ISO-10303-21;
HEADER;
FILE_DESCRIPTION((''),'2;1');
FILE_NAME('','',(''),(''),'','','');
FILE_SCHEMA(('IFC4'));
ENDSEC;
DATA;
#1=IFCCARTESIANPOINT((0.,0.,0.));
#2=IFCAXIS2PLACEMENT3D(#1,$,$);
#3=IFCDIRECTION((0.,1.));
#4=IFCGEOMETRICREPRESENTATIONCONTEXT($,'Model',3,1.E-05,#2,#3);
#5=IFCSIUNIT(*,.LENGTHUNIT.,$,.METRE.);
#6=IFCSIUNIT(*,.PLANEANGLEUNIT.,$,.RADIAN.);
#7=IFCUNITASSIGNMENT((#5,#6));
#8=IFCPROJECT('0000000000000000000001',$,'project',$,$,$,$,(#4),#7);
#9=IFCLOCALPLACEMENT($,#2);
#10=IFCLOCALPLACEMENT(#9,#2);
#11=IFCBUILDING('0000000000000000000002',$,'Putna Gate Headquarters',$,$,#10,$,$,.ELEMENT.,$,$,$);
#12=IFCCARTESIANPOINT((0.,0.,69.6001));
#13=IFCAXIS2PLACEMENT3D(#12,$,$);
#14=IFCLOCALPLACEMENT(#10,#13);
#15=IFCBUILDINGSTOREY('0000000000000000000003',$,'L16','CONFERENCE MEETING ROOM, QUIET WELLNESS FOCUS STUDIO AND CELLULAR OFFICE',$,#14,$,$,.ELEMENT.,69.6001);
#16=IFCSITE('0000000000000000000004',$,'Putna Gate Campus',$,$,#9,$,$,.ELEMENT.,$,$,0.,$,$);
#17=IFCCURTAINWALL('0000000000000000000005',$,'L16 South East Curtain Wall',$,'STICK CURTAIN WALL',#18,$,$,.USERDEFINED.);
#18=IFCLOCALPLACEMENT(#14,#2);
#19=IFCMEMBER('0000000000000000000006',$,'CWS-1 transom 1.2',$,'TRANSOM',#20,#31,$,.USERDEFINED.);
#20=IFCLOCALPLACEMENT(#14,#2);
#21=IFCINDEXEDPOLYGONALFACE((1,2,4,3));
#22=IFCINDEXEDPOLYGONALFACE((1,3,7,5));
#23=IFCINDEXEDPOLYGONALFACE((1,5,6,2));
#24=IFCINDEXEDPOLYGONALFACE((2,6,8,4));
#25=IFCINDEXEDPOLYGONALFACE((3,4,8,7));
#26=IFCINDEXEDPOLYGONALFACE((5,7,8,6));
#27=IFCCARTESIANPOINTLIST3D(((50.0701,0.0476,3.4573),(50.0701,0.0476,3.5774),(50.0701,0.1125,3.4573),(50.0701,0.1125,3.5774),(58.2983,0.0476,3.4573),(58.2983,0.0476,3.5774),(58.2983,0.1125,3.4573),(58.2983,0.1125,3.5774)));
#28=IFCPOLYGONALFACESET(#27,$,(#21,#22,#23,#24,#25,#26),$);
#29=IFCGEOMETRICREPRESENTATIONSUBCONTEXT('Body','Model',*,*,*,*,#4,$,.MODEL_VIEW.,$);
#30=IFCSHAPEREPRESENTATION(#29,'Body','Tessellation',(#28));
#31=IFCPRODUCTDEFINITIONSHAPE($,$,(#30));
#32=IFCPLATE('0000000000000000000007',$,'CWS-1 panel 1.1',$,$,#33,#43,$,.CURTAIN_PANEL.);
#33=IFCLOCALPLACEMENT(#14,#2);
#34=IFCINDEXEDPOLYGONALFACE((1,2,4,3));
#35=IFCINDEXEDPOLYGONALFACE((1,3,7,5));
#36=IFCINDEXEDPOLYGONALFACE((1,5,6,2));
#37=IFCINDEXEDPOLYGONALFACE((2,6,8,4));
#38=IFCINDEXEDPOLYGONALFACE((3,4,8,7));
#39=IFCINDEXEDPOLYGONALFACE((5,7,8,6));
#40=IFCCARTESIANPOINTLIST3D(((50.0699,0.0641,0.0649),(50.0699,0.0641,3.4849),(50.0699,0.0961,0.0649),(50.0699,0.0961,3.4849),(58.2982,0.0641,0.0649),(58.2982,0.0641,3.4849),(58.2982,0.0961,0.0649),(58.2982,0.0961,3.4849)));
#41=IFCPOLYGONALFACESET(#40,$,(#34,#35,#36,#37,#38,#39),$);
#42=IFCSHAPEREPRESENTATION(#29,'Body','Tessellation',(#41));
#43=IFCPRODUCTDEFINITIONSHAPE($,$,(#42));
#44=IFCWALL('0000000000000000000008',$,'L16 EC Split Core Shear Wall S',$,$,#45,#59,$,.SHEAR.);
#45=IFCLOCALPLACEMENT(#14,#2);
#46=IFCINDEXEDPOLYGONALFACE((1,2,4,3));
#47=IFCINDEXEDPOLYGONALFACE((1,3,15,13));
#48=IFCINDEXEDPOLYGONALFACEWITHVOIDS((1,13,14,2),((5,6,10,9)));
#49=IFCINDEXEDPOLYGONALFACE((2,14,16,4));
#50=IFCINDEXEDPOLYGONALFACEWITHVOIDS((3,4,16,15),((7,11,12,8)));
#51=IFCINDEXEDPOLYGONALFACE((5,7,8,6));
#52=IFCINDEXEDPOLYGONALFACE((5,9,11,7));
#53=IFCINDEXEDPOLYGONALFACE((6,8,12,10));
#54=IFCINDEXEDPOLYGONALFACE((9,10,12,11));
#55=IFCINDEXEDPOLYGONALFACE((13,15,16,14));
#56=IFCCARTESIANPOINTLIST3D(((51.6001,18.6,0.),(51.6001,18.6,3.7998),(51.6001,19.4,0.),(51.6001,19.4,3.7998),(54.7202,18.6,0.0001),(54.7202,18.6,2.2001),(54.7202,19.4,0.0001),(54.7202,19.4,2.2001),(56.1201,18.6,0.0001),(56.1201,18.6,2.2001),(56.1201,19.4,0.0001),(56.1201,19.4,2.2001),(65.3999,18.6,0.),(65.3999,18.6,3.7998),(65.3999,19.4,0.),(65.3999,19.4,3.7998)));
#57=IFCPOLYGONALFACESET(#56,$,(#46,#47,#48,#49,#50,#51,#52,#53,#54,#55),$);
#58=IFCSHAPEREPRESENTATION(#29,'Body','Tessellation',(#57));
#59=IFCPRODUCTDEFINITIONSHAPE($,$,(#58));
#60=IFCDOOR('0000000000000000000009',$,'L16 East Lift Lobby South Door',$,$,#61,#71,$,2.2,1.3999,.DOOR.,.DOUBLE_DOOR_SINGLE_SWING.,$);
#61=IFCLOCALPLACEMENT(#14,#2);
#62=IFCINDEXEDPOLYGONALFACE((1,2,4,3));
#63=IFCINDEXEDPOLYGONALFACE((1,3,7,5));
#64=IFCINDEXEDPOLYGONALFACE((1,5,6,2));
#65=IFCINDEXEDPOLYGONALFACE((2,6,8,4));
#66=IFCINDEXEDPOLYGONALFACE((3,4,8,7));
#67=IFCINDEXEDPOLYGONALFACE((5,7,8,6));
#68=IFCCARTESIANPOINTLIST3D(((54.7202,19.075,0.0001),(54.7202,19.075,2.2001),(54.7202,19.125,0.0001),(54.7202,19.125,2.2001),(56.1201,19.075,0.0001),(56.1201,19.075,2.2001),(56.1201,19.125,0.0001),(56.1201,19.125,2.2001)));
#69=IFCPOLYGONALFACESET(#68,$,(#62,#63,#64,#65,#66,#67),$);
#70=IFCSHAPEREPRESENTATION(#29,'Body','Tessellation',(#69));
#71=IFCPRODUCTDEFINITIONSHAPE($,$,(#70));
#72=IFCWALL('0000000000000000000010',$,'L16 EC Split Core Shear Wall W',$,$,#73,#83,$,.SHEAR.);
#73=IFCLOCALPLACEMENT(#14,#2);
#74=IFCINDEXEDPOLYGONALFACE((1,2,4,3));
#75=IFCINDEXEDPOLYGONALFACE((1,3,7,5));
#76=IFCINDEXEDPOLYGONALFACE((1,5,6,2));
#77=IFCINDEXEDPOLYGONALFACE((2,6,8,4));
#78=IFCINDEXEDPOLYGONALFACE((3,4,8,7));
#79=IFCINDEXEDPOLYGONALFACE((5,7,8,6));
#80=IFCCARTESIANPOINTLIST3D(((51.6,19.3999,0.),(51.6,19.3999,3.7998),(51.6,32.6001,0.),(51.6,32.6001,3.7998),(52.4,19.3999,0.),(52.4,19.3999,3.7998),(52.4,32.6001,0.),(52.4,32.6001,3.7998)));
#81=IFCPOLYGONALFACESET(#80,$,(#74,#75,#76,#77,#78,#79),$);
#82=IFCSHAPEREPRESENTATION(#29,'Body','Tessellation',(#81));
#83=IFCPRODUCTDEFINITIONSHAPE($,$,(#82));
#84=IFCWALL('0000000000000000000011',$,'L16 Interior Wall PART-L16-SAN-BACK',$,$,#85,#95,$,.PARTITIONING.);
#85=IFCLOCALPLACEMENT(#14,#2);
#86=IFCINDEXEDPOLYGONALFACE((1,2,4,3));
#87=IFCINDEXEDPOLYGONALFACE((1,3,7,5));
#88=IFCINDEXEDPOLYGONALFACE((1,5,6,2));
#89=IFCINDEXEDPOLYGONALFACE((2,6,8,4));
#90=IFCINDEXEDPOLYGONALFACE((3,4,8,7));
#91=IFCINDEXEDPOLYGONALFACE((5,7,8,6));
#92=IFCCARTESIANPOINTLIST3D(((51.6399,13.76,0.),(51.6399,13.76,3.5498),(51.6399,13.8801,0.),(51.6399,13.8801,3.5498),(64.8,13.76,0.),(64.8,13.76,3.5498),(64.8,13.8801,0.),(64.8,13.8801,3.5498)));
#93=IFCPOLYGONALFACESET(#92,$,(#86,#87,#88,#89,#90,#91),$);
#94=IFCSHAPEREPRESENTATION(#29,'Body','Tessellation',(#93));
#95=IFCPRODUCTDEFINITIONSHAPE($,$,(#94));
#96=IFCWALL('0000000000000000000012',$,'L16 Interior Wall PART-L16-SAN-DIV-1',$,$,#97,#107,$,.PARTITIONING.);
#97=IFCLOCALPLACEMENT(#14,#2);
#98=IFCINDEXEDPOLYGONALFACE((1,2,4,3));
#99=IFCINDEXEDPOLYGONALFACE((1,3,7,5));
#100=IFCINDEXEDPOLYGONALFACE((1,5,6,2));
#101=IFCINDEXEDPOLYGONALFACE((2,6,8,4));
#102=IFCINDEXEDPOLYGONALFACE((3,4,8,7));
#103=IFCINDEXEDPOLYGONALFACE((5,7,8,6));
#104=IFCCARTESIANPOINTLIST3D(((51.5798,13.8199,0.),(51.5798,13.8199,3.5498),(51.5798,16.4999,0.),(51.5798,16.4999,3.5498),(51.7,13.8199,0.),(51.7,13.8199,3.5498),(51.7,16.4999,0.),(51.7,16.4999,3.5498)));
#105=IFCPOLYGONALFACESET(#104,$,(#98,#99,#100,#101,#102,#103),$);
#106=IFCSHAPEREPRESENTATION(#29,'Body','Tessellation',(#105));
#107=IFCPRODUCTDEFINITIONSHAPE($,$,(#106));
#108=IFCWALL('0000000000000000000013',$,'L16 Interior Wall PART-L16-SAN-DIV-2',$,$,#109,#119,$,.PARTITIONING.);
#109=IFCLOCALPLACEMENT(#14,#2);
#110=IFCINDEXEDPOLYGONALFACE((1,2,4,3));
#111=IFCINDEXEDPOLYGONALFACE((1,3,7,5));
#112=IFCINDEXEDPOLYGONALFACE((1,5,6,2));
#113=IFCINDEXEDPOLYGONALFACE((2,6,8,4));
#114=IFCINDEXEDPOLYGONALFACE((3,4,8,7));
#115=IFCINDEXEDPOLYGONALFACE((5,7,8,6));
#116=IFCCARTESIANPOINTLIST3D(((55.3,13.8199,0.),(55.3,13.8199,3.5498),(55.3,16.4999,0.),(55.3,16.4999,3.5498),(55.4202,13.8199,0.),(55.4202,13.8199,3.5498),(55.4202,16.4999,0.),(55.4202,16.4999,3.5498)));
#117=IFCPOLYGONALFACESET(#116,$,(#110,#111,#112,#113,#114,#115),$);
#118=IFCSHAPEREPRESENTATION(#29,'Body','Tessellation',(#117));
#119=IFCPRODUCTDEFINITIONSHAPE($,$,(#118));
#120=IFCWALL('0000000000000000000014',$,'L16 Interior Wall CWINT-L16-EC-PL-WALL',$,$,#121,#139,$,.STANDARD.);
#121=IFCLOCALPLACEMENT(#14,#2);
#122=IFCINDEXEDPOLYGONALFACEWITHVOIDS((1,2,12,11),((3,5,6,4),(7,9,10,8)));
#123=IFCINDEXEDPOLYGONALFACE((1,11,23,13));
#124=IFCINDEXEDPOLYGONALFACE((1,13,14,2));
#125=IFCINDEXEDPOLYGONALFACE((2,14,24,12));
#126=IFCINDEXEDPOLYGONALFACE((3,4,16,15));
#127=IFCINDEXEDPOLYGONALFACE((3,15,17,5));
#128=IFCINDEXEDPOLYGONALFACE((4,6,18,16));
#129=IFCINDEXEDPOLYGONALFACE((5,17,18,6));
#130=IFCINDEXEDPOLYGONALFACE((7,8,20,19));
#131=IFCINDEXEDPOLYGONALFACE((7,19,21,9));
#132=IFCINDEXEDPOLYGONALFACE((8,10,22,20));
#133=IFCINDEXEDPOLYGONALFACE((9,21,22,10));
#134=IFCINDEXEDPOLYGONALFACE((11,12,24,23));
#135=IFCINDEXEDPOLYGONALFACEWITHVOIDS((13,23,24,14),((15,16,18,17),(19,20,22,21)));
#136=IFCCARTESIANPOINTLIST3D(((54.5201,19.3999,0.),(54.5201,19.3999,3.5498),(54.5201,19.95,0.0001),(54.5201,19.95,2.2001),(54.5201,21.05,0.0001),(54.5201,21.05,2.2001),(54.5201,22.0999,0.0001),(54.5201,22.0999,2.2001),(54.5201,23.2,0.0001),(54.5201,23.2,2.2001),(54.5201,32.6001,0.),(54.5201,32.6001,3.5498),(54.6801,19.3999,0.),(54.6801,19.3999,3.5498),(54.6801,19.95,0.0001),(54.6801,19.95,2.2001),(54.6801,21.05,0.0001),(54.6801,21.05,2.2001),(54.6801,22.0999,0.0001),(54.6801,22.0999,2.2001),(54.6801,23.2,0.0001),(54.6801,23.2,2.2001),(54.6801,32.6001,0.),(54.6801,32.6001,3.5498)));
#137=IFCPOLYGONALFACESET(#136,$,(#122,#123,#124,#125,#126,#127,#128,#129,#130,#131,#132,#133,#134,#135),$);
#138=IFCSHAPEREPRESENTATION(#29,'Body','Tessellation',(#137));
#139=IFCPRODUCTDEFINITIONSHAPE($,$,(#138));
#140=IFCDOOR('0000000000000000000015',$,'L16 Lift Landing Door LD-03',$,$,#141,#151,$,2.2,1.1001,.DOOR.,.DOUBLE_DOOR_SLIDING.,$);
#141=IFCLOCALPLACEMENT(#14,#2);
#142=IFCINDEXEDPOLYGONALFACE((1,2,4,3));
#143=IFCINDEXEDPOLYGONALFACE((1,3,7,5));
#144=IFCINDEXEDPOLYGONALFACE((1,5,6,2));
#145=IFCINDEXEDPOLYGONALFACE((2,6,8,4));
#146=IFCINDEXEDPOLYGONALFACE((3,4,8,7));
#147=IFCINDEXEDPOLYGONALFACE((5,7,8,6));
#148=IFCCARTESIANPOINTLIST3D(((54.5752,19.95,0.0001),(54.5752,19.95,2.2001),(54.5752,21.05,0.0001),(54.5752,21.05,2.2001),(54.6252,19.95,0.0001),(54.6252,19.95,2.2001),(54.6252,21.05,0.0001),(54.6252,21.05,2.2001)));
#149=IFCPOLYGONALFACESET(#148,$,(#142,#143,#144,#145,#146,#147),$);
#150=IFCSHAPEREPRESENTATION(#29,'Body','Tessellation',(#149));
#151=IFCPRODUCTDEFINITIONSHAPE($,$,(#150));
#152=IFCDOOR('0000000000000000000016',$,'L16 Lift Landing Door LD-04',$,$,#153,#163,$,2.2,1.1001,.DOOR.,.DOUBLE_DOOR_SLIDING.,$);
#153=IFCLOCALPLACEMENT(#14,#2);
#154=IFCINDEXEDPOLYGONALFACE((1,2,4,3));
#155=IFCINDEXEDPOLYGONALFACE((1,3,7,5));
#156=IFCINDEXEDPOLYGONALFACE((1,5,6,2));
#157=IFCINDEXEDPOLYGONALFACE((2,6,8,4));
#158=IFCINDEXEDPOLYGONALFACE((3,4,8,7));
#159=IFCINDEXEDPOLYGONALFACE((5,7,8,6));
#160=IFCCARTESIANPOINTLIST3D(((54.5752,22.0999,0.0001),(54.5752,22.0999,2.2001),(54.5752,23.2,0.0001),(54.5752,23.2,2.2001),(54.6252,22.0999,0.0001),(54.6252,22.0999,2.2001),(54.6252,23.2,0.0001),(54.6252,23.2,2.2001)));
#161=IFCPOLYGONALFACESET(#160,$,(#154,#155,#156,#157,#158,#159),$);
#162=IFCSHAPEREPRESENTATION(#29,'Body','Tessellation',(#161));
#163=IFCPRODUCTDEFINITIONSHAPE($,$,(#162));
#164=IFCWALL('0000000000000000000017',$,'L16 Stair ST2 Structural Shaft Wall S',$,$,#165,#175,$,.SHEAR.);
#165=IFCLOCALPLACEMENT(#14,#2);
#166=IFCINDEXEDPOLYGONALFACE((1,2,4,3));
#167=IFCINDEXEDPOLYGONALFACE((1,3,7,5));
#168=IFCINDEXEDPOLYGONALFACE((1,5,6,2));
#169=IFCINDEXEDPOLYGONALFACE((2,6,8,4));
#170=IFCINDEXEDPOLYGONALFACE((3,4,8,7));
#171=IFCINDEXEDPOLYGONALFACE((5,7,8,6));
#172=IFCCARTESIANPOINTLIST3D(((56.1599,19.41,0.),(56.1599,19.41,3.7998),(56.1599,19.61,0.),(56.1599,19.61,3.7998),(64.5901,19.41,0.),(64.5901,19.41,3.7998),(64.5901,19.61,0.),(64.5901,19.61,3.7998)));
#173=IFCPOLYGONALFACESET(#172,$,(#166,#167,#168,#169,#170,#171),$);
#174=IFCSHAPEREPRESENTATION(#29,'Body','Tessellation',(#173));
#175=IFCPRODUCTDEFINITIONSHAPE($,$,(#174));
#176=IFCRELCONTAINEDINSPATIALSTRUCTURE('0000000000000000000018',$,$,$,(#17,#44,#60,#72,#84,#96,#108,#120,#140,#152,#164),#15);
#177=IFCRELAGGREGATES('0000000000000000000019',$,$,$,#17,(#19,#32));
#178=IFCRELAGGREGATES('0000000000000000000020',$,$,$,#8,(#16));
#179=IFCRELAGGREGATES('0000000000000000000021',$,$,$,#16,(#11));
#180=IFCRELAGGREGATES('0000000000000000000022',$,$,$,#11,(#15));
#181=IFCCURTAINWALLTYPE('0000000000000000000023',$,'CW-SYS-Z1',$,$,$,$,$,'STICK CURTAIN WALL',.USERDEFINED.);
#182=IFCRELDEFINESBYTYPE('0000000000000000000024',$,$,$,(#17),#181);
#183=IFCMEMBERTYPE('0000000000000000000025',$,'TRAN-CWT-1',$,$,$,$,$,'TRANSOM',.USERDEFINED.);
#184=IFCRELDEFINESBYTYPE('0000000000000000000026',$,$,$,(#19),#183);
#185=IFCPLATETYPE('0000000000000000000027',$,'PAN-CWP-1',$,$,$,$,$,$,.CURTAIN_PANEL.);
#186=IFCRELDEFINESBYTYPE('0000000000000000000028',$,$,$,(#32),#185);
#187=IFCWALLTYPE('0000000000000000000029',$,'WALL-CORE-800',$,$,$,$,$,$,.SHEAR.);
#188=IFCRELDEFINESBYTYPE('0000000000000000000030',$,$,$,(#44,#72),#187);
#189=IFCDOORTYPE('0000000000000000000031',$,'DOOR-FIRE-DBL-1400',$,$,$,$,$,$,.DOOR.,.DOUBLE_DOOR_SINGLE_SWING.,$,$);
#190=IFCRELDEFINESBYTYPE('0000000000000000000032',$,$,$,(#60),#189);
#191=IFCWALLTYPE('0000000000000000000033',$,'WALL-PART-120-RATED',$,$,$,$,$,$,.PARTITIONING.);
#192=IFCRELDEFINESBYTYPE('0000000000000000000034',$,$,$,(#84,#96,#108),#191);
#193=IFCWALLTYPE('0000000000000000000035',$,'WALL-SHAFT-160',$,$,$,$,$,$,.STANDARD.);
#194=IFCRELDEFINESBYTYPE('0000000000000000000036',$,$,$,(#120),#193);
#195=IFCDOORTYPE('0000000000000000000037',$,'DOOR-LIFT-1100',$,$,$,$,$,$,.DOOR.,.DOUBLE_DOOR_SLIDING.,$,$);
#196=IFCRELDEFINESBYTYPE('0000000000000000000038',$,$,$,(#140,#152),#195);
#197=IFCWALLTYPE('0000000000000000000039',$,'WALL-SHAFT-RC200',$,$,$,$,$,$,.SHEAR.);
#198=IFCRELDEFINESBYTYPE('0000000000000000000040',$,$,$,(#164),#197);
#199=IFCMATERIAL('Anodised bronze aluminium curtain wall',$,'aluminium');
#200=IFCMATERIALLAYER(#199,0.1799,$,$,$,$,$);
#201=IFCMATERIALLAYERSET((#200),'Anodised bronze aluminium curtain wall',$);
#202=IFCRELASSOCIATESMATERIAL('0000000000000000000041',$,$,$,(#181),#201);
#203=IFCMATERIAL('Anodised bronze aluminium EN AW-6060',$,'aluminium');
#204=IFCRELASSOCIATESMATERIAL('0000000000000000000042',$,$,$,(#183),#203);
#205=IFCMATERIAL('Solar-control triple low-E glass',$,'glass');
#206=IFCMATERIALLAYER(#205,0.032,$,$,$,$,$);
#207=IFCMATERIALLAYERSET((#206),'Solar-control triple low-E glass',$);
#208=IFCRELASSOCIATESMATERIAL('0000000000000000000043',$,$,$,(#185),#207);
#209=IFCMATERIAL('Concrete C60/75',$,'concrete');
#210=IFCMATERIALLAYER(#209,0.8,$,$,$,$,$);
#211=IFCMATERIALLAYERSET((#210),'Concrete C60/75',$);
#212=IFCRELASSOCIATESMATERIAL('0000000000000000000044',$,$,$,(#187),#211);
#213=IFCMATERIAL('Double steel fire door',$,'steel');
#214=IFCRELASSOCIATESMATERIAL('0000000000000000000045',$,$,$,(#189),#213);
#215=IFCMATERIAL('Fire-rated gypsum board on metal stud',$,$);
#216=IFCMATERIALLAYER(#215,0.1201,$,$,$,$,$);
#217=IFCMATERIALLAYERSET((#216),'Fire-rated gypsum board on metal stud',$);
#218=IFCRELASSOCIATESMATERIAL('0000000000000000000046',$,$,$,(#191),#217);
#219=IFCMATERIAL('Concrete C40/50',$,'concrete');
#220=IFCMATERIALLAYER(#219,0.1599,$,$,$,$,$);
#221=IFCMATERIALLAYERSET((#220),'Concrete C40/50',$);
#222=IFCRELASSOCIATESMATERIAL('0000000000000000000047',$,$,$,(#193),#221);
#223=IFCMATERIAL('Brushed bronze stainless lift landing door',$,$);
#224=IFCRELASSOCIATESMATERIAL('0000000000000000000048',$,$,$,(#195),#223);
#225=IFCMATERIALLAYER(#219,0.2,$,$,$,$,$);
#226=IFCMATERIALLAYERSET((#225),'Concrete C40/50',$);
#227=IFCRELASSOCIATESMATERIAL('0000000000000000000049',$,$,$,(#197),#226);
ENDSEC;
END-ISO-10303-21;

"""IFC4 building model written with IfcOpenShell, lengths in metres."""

from ifc_helpers import new_model, si_unit, direction, frame, frame_2d, origin, origin_2d, place, context, subcontext, project, spatial, rectangle, extrude, material, layer, layer_set, material_profile, profile_set, type_object, element, fill, aggregate, save


model = new_model("IFC4")

# Units and contexts
model_context = context("Model", 3, precision=1e-05, world=origin(), true_north=direction((0.0, 1.0)))
body_context = subcontext(model_context, "Body", "Model", "MODEL_VIEW")
ifc_project = project(units=[si_unit("LENGTHUNIT", "METRE"), si_unit("PLANEANGLEUNIT", "RADIAN")], contexts=[model_context])

# Site, building, storey
site_placement = place(None, origin())
site = spatial("IfcSite", under=ifc_project, at=site_placement, Name="Putna Gate Campus", CompositionType="ELEMENT", RefElevation=0.0)
building_placement = place(site_placement, origin())
building = spatial("IfcBuilding", under=site, at=building_placement, Name="Putna Gate Headquarters", CompositionType="ELEMENT")
storey_placement = place(building_placement, frame((0.0, 0.0, 69.6001)))
storey = spatial("IfcBuildingStorey", under=building, at=storey_placement, Name="L16", Description="CONFERENCE MEETING ROOM, QUIET WELLNESS FOCUS STUDIO AND CELLULAR OFFICE", CompositionType="ELEMENT", Elevation=69.6001)

# Shared definitions
ifc_material_1 = material(Name="Concrete C60/75", Category="concrete")

# Curtain wall
ifc_material_2 = material(Name="Anodised bronze aluminium curtain wall", Category="aluminium")
ifc_layer_1 = layer(ifc_material_2, 0.1799)
ifc_layer_set_1 = layer_set([ifc_layer_1], Name="Anodised bronze aluminium curtain wall")
curtain_wall_type_1 = type_object("IfcCurtainWallType", Name="CW-SYS-Z1", ElementType="STICK CURTAIN WALL", PredefinedType="USERDEFINED", material=ifc_layer_set_1)
curtain_wall_1_placement = place(storey_placement, origin())
curtain_wall_1 = element("IfcCurtainWall", 1, at=curtain_wall_1_placement, inside=storey, type_object=curtain_wall_type_1, Name="L16 South East Curtain Wall", ObjectType="STICK CURTAIN WALL", PredefinedType="USERDEFINED")
ifc_material_3 = material(Name="Anodised bronze aluminium EN AW-6060", Category="aluminium")

# Member
ifc_material_profile_1 = material_profile(ifc_material_3, rectangle(XDim=0.0649, YDim=0.1201, at=origin_2d()), Name="Anodised bronze aluminium EN AW-6060")
ifc_profile_set_1 = profile_set([ifc_material_profile_1], Name="Anodised bronze aluminium EN AW-6060")
member_type_1 = type_object("IfcMemberType", Name="TRAN-CWT-1", ElementType="TRANSOM", PredefinedType="USERDEFINED", material=ifc_profile_set_1)
member_1_placement = place(storey_placement, frame((50.0701, 0.0801, 3.5173), z_axis=(1.0, 0.0, 0.0), x_axis=(0.0, 1.0, 0.0)))
member_1 = element("IfcMember", 2, at=member_1_placement, type_object=member_type_1, Name="CWS-1 transom 1.2", ObjectType="TRANSOM", PredefinedType="USERDEFINED", context=body_context, shape_type="SweptSolid", body=[
    extrude(rectangle(XDim=0.0649, YDim=0.1201, at=origin_2d()), origin(), (0.0, 0.0, 1.0), 8.2283),
])

# Plate
ifc_material_4 = material(Name="Solar-control triple low-E glass", Category="glass")
ifc_layer_2 = layer(ifc_material_4, 0.032)
ifc_layer_set_2 = layer_set([ifc_layer_2], Name="Solar-control triple low-E glass")
plate_type = type_object("IfcPlateType", Name="PAN-CWP-1", PredefinedType="CURTAIN_PANEL", material=ifc_layer_set_2)
plate_placement = place(storey_placement, frame((54.1841, 0.0801, 0.0649), z_axis=(0.0, 0.0, 1.0), x_axis=(1.0, 0.0, 0.0)))
plate = element("IfcPlate", 3, at=plate_placement, type_object=plate_type, Name="CWS-1 panel 1.1", PredefinedType="CURTAIN_PANEL", context=body_context, shape_type="SweptSolid", body=[
    extrude(rectangle(XDim=8.2283, YDim=0.032, at=origin_2d()), origin(), (0.0, 0.0, 1.0), 3.4199),
])
aggregate(curtain_wall_1, [member_1, plate])

# Wall, opening, door
ifc_layer_3 = layer(ifc_material_1, 0.8)
ifc_layer_set_3 = layer_set([ifc_layer_3], Name="Concrete C60/75")
wall_type_1 = type_object("IfcWallType", Name="WALL-CORE-800", PredefinedType="SHEAR", material=ifc_layer_set_3)
wall_1_placement = place(storey_placement, frame((51.6001, 19.0, 0.0), z_axis=(0.0, 0.0, 1.0), x_axis=(1.0, 0.0, 0.0)))
wall_1 = element("IfcWall", 4, at=wall_1_placement, inside=storey, type_object=wall_type_1, Name="L16 EC Split Core Shear Wall S", PredefinedType="SHEAR", context=body_context, shape_type="SweptSolid", body=[
    extrude(rectangle(XDim=13.7998, YDim=0.8, at=frame_2d((6.8999, 0.0))), origin(), (0.0, 0.0, 1.0), 3.7998),
])
opening_1_placement = place(wall_1_placement, frame((3.1201, 0.0, 0.0)))
opening_1 = element("IfcOpeningElement", 5, at=opening_1_placement, cuts=wall_1, PredefinedType="OPENING", context=body_context, shape_type="SweptSolid", body=[
    extrude(rectangle(XDim=1.3999, YDim=2.2, at=frame_2d((0.7, 1.1001))), frame((0.0, 0.4099, 0.0), z_axis=(0.0, -1.0, 0.0), x_axis=(1.0, 0.0, 0.0)), (0.0, 0.0, 1.0), 0.8201),
])
ifc_material_5 = material(Name="Double steel fire door", Category="steel")
door_type_1 = type_object("IfcDoorType", Name="DOOR-FIRE-DBL-1400", OperationType="DOUBLE_DOOR_SINGLE_SWING", PredefinedType="DOOR", material=ifc_material_5)
door_1_placement = place(opening_1_placement, origin())
door_1 = element("IfcDoor", 6, at=door_1_placement, inside=storey, type_object=door_type_1, Name="L16 East Lift Lobby South Door", OperationType="DOUBLE_DOOR_SINGLE_SWING", OverallHeight=2.2, OverallWidth=1.3999, PredefinedType="DOOR", context=body_context, shape_type="SweptSolid", body=[
    extrude(rectangle(XDim=1.3999, YDim=2.2, at=frame_2d((0.7, 1.1001))), frame((0.0, 0.125, 0.0), z_axis=(0.0, -1.0, 0.0), x_axis=(1.0, 0.0, 0.0)), (0.0, 0.0, 1.0), 0.05),
])
fill(opening_1, door_1)

# Wall
wall_2_placement = place(storey_placement, frame((52.0, 19.3999, 0.0), z_axis=(0.0, 0.0, 1.0), x_axis=(0.0, 1.0, 0.0)))
element("IfcWall", 7, at=wall_2_placement, inside=storey, type_object=wall_type_1, Name="L16 EC Split Core Shear Wall W", PredefinedType="SHEAR", context=body_context, shape_type="SweptSolid", body=[
    extrude(rectangle(XDim=13.2002, YDim=0.8, at=frame_2d((6.6001, 0.0))), origin(), (0.0, 0.0, 1.0), 3.7998),
])

# Shared definitions
ifc_material_6 = material(Name="Fire-rated gypsum board on metal stud")
ifc_layer_4 = layer(ifc_material_6, 0.1201)
ifc_layer_set_4 = layer_set([ifc_layer_4], Name="Fire-rated gypsum board on metal stud")
wall_type_2 = type_object("IfcWallType", Name="WALL-PART-120-RATED", PredefinedType="PARTITIONING", material=ifc_layer_set_4)

# Walls
wall_3_placement = place(storey_placement, frame((51.6399, 13.8201, 0.0), z_axis=(0.0, 0.0, 1.0), x_axis=(1.0, 0.0, 0.0)))
element("IfcWall", 8, at=wall_3_placement, inside=storey, type_object=wall_type_2, Name="L16 Interior Wall PART-L16-SAN-BACK", PredefinedType="PARTITIONING", context=body_context, shape_type="SweptSolid", body=[
    extrude(rectangle(XDim=13.1602, YDim=0.1201, at=frame_2d((6.5801, 0.0))), origin(), (0.0, 0.0, 1.0), 3.5498),
])
for number, where, z_axis, x_axis, name in (
    (9, (51.6399, 13.8201, 0.0), (0.0, 0.0, 1.0), (0.0, 1.0, 0.0), "L16 Interior Wall PART-L16-SAN-DIV-1"),
    (10, (55.3601, 13.8201, 0.0), (0.0, 0.0, 1.0), (0.0, 1.0, 0.0), "L16 Interior Wall PART-L16-SAN-DIV-2"),
):
    element("IfcWall", number, at=place(storey_placement, frame(where, z_axis=z_axis, x_axis=x_axis)), inside=storey, type_object=wall_type_2, Name=name, PredefinedType="PARTITIONING", context=body_context, shape_type="SweptSolid", body=[
        extrude(rectangle(XDim=2.6799, YDim=0.1201, at=frame_2d((1.3398, 0.0))), origin(), (0.0, 0.0, 1.0), 3.5498),
    ])

# Wall, openings, doors
ifc_material_7 = material(Name="Concrete C40/50", Category="concrete")
ifc_layer_5 = layer(ifc_material_7, 0.1599)
ifc_layer_set_5 = layer_set([ifc_layer_5], Name="Concrete C40/50")
wall_type_3 = type_object("IfcWallType", Name="WALL-SHAFT-160", PredefinedType="STANDARD", material=ifc_layer_set_5)
wall_4_placement = place(storey_placement, frame((54.6001, 19.3999, 0.0), z_axis=(0.0, 0.0, 1.0), x_axis=(0.0, 1.0, 0.0)))
wall_4 = element("IfcWall", 11, at=wall_4_placement, inside=storey, type_object=wall_type_3, Name="L16 Interior Wall CWINT-L16-EC-PL-WALL", PredefinedType="STANDARD", context=body_context, shape_type="SweptSolid", body=[
    extrude(rectangle(XDim=13.2002, YDim=0.1599, at=frame_2d((6.6001, 0.0))), origin(), (0.0, 0.0, 1.0), 3.5498),
])
opening_2_placement = place(wall_4_placement, frame((0.55, 0.0, 0.0)))
opening_2 = element("IfcOpeningElement", 12, at=opening_2_placement, cuts=wall_4, PredefinedType="OPENING", context=body_context, shape_type="SweptSolid", body=[
    extrude(rectangle(XDim=1.1001, YDim=2.2, at=frame_2d((0.55, 1.1001))), frame((0.0, 0.0898, 0.0), z_axis=(0.0, -1.0, 0.0), x_axis=(1.0, 0.0, 0.0)), (0.0, 0.0, 1.0), 0.1799),
])
opening_3_placement = place(wall_4_placement, frame((2.7, 0.0, 0.0)))
opening_3 = element("IfcOpeningElement", 13, at=opening_3_placement, cuts=wall_4, PredefinedType="OPENING", context=body_context, shape_type="SweptSolid", body=[
    extrude(rectangle(XDim=1.1001, YDim=2.2, at=frame_2d((0.55, 1.1001))), frame((0.0, 0.0898, 0.0), z_axis=(0.0, -1.0, 0.0), x_axis=(1.0, 0.0, 0.0)), (0.0, 0.0, 1.0), 0.1799),
])
ifc_material_8 = material(Name="Brushed bronze stainless lift landing door")
door_type_2 = type_object("IfcDoorType", Name="DOOR-LIFT-1100", OperationType="DOUBLE_DOOR_SLIDING", PredefinedType="DOOR", material=ifc_material_8)
door_2_placement = place(opening_2_placement, origin())
door_2 = element("IfcDoor", 14, at=door_2_placement, inside=storey, type_object=door_type_2, Name="L16 Lift Landing Door LD-03", OperationType="DOUBLE_DOOR_SLIDING", OverallHeight=2.2, OverallWidth=1.1001, PredefinedType="DOOR", context=body_context, shape_type="SweptSolid", body=[
    extrude(rectangle(XDim=1.1001, YDim=2.2, at=frame_2d((0.55, 1.1001))), frame((0.0, 0.0249, 0.0), z_axis=(0.0, -1.0, 0.0), x_axis=(1.0, 0.0, 0.0)), (0.0, 0.0, 1.0), 0.05),
])
fill(opening_2, door_2)
door_3_placement = place(opening_3_placement, origin())
door_3 = element("IfcDoor", 15, at=door_3_placement, inside=storey, type_object=door_type_2, Name="L16 Lift Landing Door LD-04", OperationType="DOUBLE_DOOR_SLIDING", OverallHeight=2.2, OverallWidth=1.1001, PredefinedType="DOOR", context=body_context, shape_type="SweptSolid", body=[
    extrude(rectangle(XDim=1.1001, YDim=2.2, at=frame_2d((0.55, 1.1001))), frame((0.0, 0.0249, 0.0), z_axis=(0.0, -1.0, 0.0), x_axis=(1.0, 0.0, 0.0)), (0.0, 0.0, 1.0), 0.05),
])
fill(opening_3, door_3)

# Wall
ifc_layer_6 = layer(ifc_material_7, 0.2)
ifc_layer_set_6 = layer_set([ifc_layer_6], Name="Concrete C40/50")
wall_type_4 = type_object("IfcWallType", Name="WALL-SHAFT-RC200", PredefinedType="SHEAR", material=ifc_layer_set_6)
wall_5_placement = place(storey_placement, frame((56.1599, 19.51, 0.0), z_axis=(0.0, 0.0, 1.0), x_axis=(1.0, 0.0, 0.0)))
element("IfcWall", 16, at=wall_5_placement, inside=storey, type_object=wall_type_4, Name="L16 Stair ST2 Structural Shaft Wall S", PredefinedType="SHEAR", context=body_context, shape_type="SweptSolid", body=[
    extrude(rectangle(XDim=8.4302, YDim=0.2, at=frame_2d((4.2151, 0.0))), origin(), (0.0, 0.0, 1.0), 3.7998),
])

save(model, "model.ifc")
